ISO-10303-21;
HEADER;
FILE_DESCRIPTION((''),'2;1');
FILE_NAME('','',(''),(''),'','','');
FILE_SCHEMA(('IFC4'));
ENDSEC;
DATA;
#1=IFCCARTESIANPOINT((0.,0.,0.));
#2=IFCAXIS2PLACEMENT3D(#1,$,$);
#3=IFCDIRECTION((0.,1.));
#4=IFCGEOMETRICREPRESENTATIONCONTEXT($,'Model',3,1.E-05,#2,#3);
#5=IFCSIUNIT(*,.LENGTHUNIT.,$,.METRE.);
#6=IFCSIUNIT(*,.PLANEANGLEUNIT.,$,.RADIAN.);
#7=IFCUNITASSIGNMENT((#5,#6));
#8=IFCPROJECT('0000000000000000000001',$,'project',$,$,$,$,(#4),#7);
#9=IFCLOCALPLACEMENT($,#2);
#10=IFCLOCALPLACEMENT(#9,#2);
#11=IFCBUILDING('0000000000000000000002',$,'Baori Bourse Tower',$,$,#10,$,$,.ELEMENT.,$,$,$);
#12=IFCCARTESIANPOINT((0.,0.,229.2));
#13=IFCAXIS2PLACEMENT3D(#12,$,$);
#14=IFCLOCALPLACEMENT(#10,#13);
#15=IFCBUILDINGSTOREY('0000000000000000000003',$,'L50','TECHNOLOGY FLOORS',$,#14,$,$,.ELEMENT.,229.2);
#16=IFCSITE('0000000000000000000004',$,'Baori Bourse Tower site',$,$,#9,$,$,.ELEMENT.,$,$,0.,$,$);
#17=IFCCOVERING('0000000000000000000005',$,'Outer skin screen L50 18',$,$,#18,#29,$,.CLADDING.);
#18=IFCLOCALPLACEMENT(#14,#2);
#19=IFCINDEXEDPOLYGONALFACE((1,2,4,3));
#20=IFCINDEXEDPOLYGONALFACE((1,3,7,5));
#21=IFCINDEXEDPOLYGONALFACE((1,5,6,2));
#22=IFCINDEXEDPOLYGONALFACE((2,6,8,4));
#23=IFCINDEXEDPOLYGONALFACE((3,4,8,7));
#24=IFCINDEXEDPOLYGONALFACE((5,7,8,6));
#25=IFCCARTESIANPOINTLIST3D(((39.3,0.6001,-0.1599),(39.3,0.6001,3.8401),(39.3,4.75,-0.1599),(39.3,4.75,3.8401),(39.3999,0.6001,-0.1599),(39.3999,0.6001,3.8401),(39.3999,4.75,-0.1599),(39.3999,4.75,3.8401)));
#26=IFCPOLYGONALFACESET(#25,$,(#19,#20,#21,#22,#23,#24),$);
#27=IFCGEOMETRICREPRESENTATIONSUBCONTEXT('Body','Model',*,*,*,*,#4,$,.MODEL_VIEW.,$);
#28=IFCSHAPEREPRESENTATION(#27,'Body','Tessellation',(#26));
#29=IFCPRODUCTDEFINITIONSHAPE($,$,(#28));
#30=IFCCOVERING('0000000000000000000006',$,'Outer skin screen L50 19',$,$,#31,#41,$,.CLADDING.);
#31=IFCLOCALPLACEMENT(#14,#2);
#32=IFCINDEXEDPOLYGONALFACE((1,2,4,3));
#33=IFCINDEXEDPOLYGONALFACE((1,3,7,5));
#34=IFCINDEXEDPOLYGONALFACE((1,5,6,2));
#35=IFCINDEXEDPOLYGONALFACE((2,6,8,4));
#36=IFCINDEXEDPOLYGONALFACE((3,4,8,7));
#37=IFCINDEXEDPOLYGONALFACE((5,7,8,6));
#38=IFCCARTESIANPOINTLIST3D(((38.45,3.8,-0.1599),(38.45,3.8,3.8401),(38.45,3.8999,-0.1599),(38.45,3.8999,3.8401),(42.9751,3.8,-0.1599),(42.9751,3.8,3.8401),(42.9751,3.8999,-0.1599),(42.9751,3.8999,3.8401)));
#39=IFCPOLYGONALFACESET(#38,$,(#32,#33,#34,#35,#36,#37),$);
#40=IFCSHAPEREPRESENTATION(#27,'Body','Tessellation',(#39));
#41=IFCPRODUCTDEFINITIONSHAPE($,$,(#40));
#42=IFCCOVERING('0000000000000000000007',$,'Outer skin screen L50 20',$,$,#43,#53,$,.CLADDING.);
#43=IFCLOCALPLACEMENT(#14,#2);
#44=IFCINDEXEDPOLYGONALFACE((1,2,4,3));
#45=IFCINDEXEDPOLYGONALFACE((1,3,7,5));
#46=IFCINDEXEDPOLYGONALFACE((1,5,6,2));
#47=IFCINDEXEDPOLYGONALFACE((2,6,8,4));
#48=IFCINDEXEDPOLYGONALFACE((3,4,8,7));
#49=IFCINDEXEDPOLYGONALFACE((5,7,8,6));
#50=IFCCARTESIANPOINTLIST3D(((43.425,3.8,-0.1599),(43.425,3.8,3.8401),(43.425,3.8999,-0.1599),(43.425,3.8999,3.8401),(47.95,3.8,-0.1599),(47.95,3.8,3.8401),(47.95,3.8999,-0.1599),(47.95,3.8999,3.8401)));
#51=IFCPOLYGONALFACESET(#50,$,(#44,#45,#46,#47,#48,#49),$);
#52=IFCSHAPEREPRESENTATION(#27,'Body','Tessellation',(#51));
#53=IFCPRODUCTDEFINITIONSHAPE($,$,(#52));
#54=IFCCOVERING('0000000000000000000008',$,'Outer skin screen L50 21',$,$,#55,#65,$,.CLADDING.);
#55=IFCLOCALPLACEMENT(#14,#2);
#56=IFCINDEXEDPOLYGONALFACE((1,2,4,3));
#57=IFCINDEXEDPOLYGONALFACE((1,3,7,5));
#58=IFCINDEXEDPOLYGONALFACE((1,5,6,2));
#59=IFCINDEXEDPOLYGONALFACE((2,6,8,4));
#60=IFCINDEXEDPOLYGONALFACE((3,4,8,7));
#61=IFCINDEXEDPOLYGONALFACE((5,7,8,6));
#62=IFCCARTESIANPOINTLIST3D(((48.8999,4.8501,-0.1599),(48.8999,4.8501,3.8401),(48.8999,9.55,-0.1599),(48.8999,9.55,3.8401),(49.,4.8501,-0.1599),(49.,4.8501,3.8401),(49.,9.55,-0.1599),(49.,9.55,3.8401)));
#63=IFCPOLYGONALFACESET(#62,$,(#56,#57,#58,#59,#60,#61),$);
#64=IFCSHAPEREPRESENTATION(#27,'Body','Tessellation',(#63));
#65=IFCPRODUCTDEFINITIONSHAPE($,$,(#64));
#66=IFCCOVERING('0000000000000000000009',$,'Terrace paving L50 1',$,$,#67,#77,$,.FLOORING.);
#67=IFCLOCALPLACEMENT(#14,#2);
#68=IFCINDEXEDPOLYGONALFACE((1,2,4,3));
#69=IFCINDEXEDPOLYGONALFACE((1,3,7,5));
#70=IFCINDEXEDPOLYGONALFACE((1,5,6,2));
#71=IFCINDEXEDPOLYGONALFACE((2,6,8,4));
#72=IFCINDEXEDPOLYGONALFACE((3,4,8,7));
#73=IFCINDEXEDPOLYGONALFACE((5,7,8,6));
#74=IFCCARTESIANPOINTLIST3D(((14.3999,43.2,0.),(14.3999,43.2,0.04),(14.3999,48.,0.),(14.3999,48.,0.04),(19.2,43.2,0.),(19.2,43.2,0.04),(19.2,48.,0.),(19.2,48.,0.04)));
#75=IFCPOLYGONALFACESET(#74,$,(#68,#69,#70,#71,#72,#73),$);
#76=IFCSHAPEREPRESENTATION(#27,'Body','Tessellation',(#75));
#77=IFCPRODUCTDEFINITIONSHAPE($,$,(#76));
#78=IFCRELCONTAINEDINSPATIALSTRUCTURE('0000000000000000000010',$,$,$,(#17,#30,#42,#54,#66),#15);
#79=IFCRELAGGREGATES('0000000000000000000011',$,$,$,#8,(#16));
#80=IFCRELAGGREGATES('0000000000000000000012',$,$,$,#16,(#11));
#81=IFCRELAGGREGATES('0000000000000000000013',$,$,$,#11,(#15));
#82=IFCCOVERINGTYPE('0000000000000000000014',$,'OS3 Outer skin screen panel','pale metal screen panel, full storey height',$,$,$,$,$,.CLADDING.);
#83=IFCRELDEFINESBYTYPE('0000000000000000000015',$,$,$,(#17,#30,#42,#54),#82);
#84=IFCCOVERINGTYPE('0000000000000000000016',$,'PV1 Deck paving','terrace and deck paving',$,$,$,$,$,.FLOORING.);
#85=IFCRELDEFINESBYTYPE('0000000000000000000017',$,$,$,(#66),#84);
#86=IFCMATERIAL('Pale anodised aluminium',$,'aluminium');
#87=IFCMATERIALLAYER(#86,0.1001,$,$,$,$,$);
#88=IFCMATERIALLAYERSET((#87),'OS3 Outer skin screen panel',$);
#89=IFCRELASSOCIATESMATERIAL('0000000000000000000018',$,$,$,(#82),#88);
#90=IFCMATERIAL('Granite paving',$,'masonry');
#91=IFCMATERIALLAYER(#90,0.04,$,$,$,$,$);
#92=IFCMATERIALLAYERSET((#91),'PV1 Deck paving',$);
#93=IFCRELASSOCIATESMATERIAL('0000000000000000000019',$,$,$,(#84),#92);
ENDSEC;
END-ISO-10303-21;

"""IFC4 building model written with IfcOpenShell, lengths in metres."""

from ifc_helpers import new_model, si_unit, direction, frame, origin, place, context, subcontext, project, spatial, polyline, outline, extrude, material, layer, layer_set, type_object, element, save


model = new_model("IFC4")

# Units and contexts
model_context = context("Model", 3, precision=1e-05, world=origin(), true_north=direction((0.0, 1.0)))
body_context = subcontext(model_context, "Body", "Model", "MODEL_VIEW")
ifc_project = project(units=[si_unit("LENGTHUNIT", "METRE"), si_unit("PLANEANGLEUNIT", "RADIAN")], contexts=[model_context])

# Site, building, storey
site_placement = place(None, origin())
site = spatial("IfcSite", under=ifc_project, at=site_placement, Name="Baori Bourse Tower site", CompositionType="ELEMENT", RefElevation=0.0)
building_placement = place(site_placement, origin())
building = spatial("IfcBuilding", under=site, at=building_placement, Name="Baori Bourse Tower", CompositionType="ELEMENT")
storey_placement = place(building_placement, frame((0.0, 0.0, 229.2)))
storey = spatial("IfcBuildingStorey", under=building, at=storey_placement, Name="L50", Description="TECHNOLOGY FLOORS", CompositionType="ELEMENT", Elevation=229.2)

# Coverings
ifc_material_1 = material(Name="Pale anodised aluminium", Category="aluminium")
ifc_layer_1 = layer(ifc_material_1, 0.1001)
ifc_layer_set_1 = layer_set([ifc_layer_1], Name="OS3 Outer skin screen panel")
covering_type_1 = type_object("IfcCoveringType", Name="OS3 Outer skin screen panel", Description="pale metal screen panel, full storey height", PredefinedType="CLADDING", material=ifc_layer_set_1)
covering_1_placement = place(storey_placement, frame((0.0, 0.0, -0.1599)))
element("IfcCovering", 1, at=covering_1_placement, inside=storey, type_object=covering_type_1, Name="Outer skin screen L50 18", PredefinedType="CLADDING", context=body_context, shape_type="SweptSolid", body=[
    extrude(outline(polyline([(39.3, 4.75), (39.3, 0.6001), (39.3999, 0.6001), (39.3999, 4.75), (39.3, 4.75)])), origin(), (0.0, 0.0, 1.0), 4.0),
])
covering_2_placement = place(storey_placement, frame((0.0, 0.0, -0.1599)))
element("IfcCovering", 2, at=covering_2_placement, inside=storey, type_object=covering_type_1, Name="Outer skin screen L50 19", PredefinedType="CLADDING", context=body_context, shape_type="SweptSolid", body=[
    extrude(outline(polyline([(42.9751, 3.8999), (38.45, 3.8999), (38.45, 3.8), (42.9751, 3.8), (42.9751, 3.8999)])), origin(), (0.0, 0.0, 1.0), 4.0),
])
covering_3_placement = place(storey_placement, frame((0.0, 0.0, -0.1599)))
element("IfcCovering", 3, at=covering_3_placement, inside=storey, type_object=covering_type_1, Name="Outer skin screen L50 20", PredefinedType="CLADDING", context=body_context, shape_type="SweptSolid", body=[
    extrude(outline(polyline([(47.95, 3.8999), (43.425, 3.8999), (43.425, 3.8), (47.95, 3.8), (47.95, 3.8999)])), origin(), (0.0, 0.0, 1.0), 4.0),
])
covering_4_placement = place(storey_placement, frame((0.0, 0.0, -0.1599)))
element("IfcCovering", 4, at=covering_4_placement, inside=storey, type_object=covering_type_1, Name="Outer skin screen L50 21", PredefinedType="CLADDING", context=body_context, shape_type="SweptSolid", body=[
    extrude(outline(polyline([(48.8999, 9.55), (48.8999, 4.8501), (49.0, 4.8501), (49.0, 9.55), (48.8999, 9.55)])), origin(), (0.0, 0.0, 1.0), 4.0),
])
ifc_material_2 = material(Name="Granite paving", Category="masonry")
ifc_layer_2 = layer(ifc_material_2, 0.04)
ifc_layer_set_2 = layer_set([ifc_layer_2], Name="PV1 Deck paving")
covering_type_2 = type_object("IfcCoveringType", Name="PV1 Deck paving", Description="terrace and deck paving", PredefinedType="FLOORING", material=ifc_layer_set_2)
covering_5_placement = place(storey_placement, origin())
element("IfcCovering", 5, at=covering_5_placement, inside=storey, type_object=covering_type_2, Name="Terrace paving L50 1", PredefinedType="FLOORING", context=body_context, shape_type="SweptSolid", body=[
    extrude(outline(polyline([(19.2, 48.0), (14.3999, 48.0), (14.3999, 43.2), (19.2, 43.2), (19.2, 48.0)])), origin(), (0.0, 0.0, 1.0), 0.04),
])

save(model, "model.ifc")
